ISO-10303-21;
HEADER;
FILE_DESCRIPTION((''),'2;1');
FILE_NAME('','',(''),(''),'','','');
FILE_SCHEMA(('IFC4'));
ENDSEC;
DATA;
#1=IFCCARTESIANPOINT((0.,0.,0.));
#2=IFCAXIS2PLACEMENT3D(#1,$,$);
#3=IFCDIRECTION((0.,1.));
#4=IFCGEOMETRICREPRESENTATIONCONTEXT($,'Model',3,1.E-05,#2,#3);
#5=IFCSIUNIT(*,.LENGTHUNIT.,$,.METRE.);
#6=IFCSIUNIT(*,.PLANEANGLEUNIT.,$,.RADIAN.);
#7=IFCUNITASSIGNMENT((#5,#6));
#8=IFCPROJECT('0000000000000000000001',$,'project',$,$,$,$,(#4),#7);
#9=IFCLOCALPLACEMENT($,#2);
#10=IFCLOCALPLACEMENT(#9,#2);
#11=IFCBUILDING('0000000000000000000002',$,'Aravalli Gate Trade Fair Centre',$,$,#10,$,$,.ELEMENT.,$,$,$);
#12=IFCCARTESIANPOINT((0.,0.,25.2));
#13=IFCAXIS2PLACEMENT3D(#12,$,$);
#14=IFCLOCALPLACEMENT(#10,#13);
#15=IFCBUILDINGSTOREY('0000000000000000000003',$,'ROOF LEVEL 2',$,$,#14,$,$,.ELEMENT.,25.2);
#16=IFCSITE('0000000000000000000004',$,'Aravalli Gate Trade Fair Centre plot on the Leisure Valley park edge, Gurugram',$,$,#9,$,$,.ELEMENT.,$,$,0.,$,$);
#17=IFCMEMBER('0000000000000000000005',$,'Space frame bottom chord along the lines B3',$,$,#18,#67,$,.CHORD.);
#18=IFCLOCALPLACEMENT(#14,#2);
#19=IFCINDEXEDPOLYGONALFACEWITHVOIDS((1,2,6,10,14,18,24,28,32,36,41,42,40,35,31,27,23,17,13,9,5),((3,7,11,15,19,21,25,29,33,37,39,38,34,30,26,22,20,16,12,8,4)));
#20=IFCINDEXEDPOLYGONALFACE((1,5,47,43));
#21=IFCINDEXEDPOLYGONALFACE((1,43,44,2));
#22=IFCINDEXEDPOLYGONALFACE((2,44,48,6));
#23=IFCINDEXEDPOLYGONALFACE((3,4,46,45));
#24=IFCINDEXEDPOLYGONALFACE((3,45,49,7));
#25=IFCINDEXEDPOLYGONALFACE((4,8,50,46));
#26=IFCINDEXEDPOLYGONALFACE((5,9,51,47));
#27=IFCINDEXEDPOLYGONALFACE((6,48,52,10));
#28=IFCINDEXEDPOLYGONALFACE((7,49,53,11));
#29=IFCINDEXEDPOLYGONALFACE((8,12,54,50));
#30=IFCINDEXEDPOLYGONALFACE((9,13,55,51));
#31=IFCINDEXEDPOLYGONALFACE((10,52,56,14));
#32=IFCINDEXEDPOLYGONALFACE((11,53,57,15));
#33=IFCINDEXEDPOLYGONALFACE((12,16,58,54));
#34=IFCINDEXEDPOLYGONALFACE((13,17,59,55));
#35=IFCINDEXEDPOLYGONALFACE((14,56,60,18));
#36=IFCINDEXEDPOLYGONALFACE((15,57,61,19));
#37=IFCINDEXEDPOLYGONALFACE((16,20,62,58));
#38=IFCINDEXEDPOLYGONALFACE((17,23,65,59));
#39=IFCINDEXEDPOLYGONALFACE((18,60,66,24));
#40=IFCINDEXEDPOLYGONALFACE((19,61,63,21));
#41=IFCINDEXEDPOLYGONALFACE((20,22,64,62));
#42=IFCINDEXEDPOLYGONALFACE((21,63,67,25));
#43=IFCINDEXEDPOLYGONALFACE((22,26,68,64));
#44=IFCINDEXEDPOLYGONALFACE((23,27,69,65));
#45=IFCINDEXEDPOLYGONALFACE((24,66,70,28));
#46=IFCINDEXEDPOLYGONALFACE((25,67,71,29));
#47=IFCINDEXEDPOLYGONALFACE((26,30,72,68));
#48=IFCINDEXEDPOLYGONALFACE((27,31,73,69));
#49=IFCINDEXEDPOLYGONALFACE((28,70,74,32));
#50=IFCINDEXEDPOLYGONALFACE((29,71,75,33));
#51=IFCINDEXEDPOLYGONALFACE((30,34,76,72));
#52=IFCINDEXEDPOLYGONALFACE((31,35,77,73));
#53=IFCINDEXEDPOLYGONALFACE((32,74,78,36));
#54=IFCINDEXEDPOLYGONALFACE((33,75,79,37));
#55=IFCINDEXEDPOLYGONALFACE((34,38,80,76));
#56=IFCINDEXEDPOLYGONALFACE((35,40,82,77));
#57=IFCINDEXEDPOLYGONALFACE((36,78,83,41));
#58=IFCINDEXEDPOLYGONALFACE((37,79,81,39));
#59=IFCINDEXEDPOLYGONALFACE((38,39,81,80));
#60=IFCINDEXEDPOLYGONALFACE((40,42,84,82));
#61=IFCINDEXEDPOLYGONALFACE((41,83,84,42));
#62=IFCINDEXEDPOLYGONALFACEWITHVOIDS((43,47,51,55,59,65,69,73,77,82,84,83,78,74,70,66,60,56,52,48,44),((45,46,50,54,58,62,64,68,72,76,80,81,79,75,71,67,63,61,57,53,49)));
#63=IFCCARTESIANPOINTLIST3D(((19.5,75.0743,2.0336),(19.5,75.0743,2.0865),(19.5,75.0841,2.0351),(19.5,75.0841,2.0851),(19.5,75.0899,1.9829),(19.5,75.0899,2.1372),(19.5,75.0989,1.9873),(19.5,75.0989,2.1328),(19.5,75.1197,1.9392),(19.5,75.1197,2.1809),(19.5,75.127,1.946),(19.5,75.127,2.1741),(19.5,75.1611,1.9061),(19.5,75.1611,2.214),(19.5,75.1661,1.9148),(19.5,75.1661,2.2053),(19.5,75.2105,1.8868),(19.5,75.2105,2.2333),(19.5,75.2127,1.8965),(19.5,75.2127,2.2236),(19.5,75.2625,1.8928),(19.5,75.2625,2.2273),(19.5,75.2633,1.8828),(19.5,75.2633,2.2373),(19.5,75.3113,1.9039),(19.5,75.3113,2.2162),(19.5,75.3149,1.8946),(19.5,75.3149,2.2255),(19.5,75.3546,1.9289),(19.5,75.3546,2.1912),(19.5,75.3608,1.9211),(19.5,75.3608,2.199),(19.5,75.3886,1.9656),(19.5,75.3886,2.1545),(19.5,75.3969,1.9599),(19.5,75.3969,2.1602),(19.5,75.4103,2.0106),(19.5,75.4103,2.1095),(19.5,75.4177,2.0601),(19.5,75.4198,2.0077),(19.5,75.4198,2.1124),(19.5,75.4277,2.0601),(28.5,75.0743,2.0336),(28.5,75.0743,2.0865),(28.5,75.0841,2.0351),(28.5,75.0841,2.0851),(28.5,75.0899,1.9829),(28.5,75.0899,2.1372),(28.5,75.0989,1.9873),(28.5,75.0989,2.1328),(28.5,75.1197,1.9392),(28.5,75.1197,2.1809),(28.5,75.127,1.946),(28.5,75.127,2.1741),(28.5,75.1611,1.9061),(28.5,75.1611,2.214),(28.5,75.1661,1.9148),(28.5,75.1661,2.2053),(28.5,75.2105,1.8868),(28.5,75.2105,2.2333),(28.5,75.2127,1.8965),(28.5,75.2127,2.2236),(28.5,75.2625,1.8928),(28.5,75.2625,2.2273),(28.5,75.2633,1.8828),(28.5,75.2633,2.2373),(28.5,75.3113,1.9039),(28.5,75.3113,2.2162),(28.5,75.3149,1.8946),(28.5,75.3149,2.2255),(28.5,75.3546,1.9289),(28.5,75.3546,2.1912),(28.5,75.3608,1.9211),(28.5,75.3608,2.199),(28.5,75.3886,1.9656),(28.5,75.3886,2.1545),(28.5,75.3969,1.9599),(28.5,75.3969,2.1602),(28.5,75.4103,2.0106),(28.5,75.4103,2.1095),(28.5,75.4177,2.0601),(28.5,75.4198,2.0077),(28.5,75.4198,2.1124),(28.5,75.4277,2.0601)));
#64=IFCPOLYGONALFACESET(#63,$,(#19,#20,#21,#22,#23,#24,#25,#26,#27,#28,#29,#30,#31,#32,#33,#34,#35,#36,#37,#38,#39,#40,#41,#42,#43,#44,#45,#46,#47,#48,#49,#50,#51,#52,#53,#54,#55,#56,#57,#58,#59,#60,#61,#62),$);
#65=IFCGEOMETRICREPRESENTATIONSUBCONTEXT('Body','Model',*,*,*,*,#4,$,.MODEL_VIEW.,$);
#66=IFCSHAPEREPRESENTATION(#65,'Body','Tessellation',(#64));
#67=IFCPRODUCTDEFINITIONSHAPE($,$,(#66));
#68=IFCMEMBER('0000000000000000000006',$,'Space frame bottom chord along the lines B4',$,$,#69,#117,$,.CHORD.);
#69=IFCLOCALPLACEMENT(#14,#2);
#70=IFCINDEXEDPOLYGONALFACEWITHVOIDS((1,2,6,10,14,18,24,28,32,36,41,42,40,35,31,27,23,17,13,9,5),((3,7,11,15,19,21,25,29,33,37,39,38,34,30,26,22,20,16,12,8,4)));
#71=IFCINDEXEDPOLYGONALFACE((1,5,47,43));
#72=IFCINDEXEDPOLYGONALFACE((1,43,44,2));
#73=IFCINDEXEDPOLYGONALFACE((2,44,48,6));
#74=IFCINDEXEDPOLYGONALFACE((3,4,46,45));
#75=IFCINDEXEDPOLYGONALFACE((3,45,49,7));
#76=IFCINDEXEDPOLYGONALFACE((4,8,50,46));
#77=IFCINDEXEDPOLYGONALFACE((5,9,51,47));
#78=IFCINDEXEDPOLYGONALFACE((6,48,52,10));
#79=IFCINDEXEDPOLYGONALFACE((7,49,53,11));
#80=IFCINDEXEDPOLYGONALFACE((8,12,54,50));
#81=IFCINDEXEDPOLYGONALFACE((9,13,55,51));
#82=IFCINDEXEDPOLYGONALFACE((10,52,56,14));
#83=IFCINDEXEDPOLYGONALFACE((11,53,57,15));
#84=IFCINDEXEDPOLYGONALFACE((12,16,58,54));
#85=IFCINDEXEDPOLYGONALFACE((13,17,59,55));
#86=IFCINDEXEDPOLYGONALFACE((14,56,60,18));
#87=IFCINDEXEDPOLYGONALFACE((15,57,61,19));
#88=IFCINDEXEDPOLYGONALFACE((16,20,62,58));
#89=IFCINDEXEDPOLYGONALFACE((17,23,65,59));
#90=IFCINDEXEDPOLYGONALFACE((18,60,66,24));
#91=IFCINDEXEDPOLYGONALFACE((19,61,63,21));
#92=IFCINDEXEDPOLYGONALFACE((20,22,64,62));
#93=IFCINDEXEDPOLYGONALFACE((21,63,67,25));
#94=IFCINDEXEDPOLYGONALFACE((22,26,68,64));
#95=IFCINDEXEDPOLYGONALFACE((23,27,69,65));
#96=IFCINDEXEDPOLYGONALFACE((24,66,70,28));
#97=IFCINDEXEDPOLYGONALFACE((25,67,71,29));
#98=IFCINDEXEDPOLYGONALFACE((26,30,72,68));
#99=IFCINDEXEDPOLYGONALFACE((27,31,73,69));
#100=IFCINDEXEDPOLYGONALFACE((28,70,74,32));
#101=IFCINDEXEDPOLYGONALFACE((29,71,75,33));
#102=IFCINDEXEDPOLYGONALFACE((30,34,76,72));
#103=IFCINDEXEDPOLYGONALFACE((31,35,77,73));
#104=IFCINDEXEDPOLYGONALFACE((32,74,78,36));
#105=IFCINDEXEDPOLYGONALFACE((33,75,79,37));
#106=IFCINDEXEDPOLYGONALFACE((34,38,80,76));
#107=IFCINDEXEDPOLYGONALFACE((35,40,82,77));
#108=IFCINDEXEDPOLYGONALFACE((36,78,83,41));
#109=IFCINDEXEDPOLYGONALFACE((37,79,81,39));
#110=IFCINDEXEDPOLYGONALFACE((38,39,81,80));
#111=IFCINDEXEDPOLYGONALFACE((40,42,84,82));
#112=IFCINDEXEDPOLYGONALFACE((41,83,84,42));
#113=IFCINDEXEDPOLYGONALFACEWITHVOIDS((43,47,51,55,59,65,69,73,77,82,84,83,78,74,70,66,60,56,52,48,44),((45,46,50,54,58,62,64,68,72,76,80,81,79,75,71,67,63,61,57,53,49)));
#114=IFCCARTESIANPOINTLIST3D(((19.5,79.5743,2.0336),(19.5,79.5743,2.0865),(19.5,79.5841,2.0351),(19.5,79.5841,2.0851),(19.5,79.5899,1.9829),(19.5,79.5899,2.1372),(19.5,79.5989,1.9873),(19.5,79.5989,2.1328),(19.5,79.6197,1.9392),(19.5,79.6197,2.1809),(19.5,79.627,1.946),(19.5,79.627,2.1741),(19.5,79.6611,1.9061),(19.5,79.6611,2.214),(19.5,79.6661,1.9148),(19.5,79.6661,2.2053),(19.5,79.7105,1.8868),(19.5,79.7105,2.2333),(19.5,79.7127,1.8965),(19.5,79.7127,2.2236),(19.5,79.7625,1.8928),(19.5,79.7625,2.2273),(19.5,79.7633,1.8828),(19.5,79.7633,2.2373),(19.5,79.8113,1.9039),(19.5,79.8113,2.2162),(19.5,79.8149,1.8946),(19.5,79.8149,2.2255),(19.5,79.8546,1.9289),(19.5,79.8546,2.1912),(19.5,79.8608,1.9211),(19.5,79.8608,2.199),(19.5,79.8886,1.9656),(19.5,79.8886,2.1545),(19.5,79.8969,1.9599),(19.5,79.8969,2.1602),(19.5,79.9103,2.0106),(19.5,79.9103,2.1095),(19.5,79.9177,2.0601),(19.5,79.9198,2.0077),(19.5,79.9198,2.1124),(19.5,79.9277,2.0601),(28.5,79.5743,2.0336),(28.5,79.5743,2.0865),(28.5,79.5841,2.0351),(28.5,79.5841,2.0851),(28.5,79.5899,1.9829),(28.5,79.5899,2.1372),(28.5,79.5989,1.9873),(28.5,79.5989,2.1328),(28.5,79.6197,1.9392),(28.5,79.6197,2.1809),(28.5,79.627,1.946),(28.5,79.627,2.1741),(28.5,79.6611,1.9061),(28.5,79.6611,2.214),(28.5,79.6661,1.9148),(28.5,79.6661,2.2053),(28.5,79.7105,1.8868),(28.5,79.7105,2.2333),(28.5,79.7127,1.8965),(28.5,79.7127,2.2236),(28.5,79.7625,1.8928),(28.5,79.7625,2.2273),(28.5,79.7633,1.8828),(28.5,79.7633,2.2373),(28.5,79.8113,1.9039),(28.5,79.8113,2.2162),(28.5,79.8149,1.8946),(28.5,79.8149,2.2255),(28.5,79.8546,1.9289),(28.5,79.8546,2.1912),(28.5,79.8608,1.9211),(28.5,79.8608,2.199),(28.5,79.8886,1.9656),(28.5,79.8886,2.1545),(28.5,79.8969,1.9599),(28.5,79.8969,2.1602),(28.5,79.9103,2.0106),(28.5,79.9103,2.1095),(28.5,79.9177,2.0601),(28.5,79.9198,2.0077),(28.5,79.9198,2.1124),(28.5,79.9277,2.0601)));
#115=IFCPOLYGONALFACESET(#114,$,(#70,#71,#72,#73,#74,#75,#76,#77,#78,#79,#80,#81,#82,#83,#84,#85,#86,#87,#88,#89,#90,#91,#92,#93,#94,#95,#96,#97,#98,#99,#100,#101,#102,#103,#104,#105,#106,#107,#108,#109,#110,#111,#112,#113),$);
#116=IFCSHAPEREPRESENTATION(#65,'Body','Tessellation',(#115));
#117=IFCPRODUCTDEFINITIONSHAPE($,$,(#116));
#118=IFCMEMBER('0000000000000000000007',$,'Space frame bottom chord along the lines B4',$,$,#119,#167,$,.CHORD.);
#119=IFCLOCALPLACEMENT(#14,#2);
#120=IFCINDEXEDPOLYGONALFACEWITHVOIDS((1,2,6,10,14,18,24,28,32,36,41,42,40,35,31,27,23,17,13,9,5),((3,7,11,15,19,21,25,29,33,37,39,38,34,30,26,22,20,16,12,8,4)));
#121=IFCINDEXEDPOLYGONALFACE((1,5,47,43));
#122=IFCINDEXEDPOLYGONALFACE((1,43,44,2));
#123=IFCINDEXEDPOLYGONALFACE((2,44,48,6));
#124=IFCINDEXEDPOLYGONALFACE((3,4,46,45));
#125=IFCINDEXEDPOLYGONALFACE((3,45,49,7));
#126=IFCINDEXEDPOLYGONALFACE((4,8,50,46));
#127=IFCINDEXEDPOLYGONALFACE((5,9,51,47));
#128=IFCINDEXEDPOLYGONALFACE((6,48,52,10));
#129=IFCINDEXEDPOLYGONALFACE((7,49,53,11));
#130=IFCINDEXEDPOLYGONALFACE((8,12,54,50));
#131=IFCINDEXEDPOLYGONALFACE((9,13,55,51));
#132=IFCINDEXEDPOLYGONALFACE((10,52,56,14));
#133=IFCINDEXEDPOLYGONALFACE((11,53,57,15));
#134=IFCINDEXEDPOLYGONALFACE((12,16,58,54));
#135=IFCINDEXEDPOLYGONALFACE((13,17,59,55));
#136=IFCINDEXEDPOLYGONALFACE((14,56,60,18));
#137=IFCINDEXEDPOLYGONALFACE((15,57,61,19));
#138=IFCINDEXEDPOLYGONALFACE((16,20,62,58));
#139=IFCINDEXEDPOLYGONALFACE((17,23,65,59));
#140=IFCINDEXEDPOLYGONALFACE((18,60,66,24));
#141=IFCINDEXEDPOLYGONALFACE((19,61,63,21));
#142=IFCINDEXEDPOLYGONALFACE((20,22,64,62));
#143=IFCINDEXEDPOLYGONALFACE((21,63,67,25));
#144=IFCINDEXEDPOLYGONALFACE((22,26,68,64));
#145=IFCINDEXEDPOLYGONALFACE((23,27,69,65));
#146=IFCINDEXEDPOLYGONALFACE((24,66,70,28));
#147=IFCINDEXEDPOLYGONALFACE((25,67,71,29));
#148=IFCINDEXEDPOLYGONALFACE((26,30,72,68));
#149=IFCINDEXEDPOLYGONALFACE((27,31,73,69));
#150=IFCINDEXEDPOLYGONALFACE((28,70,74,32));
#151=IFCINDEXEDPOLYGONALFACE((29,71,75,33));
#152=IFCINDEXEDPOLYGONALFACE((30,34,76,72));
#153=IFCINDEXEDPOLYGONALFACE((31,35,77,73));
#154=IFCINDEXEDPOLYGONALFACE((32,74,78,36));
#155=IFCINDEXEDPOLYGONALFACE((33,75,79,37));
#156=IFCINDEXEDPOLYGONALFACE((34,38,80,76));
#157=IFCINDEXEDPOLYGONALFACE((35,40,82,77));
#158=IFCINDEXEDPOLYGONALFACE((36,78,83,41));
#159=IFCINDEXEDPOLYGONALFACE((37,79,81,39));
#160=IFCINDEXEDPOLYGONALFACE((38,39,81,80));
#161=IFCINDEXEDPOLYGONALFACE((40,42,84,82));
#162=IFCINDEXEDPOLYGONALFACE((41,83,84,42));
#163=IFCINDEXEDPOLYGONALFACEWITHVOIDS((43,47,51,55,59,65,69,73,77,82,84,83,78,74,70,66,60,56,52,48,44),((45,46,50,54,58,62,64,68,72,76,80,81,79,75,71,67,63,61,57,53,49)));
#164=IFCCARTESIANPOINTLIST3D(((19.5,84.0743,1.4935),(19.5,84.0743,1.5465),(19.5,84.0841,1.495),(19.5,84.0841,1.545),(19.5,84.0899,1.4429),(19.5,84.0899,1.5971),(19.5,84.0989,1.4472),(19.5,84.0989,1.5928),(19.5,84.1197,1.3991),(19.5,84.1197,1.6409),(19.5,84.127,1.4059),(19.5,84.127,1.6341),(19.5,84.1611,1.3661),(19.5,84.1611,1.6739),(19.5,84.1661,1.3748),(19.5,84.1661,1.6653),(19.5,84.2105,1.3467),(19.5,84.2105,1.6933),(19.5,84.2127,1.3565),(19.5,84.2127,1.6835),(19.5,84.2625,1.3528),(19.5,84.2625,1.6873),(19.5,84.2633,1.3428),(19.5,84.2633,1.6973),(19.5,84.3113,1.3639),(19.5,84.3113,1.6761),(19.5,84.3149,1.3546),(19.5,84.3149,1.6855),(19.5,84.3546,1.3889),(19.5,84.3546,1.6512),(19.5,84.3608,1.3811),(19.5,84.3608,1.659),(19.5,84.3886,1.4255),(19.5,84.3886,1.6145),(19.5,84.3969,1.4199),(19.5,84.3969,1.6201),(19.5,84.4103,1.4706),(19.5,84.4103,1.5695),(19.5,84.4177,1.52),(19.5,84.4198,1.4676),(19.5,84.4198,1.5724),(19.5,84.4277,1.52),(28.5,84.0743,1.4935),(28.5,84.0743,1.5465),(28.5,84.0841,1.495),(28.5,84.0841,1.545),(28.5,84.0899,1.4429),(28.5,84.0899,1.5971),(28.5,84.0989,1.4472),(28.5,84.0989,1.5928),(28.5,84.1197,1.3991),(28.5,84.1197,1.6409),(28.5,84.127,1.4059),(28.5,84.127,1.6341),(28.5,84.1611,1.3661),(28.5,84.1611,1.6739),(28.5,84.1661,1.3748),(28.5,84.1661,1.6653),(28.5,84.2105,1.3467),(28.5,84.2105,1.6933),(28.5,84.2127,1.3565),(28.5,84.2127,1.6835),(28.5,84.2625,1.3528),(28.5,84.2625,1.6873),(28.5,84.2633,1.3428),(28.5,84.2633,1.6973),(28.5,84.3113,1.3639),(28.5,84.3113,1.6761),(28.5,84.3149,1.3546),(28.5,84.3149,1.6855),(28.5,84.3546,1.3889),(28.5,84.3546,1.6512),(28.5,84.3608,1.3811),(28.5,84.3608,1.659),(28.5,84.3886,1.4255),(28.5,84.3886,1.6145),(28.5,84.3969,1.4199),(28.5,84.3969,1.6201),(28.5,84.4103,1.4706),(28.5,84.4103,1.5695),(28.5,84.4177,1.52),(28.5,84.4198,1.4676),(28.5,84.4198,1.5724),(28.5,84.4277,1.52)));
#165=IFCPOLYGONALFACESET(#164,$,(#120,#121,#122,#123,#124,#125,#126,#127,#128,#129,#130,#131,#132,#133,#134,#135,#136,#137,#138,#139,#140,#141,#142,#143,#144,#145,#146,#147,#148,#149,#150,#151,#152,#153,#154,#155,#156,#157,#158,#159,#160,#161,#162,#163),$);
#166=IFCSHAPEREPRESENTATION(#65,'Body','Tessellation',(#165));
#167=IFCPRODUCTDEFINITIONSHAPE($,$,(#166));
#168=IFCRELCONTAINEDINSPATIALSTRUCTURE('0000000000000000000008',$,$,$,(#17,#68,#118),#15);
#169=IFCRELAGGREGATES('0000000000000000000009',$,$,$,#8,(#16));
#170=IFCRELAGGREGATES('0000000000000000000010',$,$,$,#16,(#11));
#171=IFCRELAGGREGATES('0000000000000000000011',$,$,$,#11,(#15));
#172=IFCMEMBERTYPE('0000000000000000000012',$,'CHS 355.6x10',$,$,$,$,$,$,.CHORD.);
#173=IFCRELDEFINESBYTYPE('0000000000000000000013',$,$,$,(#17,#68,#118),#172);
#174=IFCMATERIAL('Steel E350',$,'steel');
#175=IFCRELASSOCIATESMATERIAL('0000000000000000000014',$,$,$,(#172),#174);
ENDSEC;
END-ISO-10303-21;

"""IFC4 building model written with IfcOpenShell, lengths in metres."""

from ifc_helpers import new_model, si_unit, direction, frame, origin, origin_2d, place, context, subcontext, project, spatial, hollow_circle, extrude, material, material_profile, profile_set, type_object, element, save


model = new_model("IFC4")

# Units and contexts
model_context = context("Model", 3, precision=1e-05, world=origin(), true_north=direction((0.0, 1.0)))
body_context = subcontext(model_context, "Body", "Model", "MODEL_VIEW")
ifc_project = project(units=[si_unit("LENGTHUNIT", "METRE"), si_unit("PLANEANGLEUNIT", "RADIAN")], contexts=[model_context])

# Site, building, storey
site_placement = place(None, origin())
site = spatial("IfcSite", under=ifc_project, at=site_placement, Name="Aravalli Gate Trade Fair Centre plot on the Leisure Valley park edge, Gurugram", CompositionType="ELEMENT", RefElevation=0.0)
building_placement = place(site_placement, origin())
building = spatial("IfcBuilding", under=site, at=building_placement, Name="Aravalli Gate Trade Fair Centre", CompositionType="ELEMENT")
storey_placement = place(building_placement, frame((0.0, 0.0, 25.2)))
storey = spatial("IfcBuildingStorey", under=building, at=storey_placement, Name="ROOF LEVEL 2", CompositionType="ELEMENT", Elevation=25.2)

# Members
ifc_material = material(Name="Steel E350", Category="steel")
ifc_material_profile_1 = material_profile(ifc_material, hollow_circle(Radius=0.1777, WallThickness=0.01, at=origin_2d()), Name="CHS 355.6x10")
ifc_profile_set_1 = profile_set([ifc_material_profile_1], Name="Steel E350")
member_type_1 = type_object("IfcMemberType", Name="CHS 355.6x10", PredefinedType="CHORD", material=ifc_profile_set_1)
for number, where, z_axis, x_axis, name in (
    (1, (19.5, 75.25, 2.0601), (1.0, 0.0, 0.0), (0.0, 1.0, 0.0), "Space frame bottom chord along the lines B3"),
    (2, (19.5, 79.75, 2.0601), (1.0, 0.0, 0.0), (0.0, 1.0, 0.0), "Space frame bottom chord along the lines B4"),
    (3, (19.5, 84.25, 1.52), (1.0, 0.0, 0.0), (0.0, 1.0, 0.0), "Space frame bottom chord along the lines B4"),
):
    element("IfcMember", number, at=place(storey_placement, frame(where, z_axis=z_axis, x_axis=x_axis)), inside=storey, type_object=member_type_1, Name=name, PredefinedType="CHORD", context=body_context, shape_type="SweptSolid", body=[
        extrude(hollow_circle(Radius=0.1777, WallThickness=0.01, at=origin_2d()), origin(), (0.0, 0.0, 1.0), 9.0),
    ])

save(model, "model.ifc")
